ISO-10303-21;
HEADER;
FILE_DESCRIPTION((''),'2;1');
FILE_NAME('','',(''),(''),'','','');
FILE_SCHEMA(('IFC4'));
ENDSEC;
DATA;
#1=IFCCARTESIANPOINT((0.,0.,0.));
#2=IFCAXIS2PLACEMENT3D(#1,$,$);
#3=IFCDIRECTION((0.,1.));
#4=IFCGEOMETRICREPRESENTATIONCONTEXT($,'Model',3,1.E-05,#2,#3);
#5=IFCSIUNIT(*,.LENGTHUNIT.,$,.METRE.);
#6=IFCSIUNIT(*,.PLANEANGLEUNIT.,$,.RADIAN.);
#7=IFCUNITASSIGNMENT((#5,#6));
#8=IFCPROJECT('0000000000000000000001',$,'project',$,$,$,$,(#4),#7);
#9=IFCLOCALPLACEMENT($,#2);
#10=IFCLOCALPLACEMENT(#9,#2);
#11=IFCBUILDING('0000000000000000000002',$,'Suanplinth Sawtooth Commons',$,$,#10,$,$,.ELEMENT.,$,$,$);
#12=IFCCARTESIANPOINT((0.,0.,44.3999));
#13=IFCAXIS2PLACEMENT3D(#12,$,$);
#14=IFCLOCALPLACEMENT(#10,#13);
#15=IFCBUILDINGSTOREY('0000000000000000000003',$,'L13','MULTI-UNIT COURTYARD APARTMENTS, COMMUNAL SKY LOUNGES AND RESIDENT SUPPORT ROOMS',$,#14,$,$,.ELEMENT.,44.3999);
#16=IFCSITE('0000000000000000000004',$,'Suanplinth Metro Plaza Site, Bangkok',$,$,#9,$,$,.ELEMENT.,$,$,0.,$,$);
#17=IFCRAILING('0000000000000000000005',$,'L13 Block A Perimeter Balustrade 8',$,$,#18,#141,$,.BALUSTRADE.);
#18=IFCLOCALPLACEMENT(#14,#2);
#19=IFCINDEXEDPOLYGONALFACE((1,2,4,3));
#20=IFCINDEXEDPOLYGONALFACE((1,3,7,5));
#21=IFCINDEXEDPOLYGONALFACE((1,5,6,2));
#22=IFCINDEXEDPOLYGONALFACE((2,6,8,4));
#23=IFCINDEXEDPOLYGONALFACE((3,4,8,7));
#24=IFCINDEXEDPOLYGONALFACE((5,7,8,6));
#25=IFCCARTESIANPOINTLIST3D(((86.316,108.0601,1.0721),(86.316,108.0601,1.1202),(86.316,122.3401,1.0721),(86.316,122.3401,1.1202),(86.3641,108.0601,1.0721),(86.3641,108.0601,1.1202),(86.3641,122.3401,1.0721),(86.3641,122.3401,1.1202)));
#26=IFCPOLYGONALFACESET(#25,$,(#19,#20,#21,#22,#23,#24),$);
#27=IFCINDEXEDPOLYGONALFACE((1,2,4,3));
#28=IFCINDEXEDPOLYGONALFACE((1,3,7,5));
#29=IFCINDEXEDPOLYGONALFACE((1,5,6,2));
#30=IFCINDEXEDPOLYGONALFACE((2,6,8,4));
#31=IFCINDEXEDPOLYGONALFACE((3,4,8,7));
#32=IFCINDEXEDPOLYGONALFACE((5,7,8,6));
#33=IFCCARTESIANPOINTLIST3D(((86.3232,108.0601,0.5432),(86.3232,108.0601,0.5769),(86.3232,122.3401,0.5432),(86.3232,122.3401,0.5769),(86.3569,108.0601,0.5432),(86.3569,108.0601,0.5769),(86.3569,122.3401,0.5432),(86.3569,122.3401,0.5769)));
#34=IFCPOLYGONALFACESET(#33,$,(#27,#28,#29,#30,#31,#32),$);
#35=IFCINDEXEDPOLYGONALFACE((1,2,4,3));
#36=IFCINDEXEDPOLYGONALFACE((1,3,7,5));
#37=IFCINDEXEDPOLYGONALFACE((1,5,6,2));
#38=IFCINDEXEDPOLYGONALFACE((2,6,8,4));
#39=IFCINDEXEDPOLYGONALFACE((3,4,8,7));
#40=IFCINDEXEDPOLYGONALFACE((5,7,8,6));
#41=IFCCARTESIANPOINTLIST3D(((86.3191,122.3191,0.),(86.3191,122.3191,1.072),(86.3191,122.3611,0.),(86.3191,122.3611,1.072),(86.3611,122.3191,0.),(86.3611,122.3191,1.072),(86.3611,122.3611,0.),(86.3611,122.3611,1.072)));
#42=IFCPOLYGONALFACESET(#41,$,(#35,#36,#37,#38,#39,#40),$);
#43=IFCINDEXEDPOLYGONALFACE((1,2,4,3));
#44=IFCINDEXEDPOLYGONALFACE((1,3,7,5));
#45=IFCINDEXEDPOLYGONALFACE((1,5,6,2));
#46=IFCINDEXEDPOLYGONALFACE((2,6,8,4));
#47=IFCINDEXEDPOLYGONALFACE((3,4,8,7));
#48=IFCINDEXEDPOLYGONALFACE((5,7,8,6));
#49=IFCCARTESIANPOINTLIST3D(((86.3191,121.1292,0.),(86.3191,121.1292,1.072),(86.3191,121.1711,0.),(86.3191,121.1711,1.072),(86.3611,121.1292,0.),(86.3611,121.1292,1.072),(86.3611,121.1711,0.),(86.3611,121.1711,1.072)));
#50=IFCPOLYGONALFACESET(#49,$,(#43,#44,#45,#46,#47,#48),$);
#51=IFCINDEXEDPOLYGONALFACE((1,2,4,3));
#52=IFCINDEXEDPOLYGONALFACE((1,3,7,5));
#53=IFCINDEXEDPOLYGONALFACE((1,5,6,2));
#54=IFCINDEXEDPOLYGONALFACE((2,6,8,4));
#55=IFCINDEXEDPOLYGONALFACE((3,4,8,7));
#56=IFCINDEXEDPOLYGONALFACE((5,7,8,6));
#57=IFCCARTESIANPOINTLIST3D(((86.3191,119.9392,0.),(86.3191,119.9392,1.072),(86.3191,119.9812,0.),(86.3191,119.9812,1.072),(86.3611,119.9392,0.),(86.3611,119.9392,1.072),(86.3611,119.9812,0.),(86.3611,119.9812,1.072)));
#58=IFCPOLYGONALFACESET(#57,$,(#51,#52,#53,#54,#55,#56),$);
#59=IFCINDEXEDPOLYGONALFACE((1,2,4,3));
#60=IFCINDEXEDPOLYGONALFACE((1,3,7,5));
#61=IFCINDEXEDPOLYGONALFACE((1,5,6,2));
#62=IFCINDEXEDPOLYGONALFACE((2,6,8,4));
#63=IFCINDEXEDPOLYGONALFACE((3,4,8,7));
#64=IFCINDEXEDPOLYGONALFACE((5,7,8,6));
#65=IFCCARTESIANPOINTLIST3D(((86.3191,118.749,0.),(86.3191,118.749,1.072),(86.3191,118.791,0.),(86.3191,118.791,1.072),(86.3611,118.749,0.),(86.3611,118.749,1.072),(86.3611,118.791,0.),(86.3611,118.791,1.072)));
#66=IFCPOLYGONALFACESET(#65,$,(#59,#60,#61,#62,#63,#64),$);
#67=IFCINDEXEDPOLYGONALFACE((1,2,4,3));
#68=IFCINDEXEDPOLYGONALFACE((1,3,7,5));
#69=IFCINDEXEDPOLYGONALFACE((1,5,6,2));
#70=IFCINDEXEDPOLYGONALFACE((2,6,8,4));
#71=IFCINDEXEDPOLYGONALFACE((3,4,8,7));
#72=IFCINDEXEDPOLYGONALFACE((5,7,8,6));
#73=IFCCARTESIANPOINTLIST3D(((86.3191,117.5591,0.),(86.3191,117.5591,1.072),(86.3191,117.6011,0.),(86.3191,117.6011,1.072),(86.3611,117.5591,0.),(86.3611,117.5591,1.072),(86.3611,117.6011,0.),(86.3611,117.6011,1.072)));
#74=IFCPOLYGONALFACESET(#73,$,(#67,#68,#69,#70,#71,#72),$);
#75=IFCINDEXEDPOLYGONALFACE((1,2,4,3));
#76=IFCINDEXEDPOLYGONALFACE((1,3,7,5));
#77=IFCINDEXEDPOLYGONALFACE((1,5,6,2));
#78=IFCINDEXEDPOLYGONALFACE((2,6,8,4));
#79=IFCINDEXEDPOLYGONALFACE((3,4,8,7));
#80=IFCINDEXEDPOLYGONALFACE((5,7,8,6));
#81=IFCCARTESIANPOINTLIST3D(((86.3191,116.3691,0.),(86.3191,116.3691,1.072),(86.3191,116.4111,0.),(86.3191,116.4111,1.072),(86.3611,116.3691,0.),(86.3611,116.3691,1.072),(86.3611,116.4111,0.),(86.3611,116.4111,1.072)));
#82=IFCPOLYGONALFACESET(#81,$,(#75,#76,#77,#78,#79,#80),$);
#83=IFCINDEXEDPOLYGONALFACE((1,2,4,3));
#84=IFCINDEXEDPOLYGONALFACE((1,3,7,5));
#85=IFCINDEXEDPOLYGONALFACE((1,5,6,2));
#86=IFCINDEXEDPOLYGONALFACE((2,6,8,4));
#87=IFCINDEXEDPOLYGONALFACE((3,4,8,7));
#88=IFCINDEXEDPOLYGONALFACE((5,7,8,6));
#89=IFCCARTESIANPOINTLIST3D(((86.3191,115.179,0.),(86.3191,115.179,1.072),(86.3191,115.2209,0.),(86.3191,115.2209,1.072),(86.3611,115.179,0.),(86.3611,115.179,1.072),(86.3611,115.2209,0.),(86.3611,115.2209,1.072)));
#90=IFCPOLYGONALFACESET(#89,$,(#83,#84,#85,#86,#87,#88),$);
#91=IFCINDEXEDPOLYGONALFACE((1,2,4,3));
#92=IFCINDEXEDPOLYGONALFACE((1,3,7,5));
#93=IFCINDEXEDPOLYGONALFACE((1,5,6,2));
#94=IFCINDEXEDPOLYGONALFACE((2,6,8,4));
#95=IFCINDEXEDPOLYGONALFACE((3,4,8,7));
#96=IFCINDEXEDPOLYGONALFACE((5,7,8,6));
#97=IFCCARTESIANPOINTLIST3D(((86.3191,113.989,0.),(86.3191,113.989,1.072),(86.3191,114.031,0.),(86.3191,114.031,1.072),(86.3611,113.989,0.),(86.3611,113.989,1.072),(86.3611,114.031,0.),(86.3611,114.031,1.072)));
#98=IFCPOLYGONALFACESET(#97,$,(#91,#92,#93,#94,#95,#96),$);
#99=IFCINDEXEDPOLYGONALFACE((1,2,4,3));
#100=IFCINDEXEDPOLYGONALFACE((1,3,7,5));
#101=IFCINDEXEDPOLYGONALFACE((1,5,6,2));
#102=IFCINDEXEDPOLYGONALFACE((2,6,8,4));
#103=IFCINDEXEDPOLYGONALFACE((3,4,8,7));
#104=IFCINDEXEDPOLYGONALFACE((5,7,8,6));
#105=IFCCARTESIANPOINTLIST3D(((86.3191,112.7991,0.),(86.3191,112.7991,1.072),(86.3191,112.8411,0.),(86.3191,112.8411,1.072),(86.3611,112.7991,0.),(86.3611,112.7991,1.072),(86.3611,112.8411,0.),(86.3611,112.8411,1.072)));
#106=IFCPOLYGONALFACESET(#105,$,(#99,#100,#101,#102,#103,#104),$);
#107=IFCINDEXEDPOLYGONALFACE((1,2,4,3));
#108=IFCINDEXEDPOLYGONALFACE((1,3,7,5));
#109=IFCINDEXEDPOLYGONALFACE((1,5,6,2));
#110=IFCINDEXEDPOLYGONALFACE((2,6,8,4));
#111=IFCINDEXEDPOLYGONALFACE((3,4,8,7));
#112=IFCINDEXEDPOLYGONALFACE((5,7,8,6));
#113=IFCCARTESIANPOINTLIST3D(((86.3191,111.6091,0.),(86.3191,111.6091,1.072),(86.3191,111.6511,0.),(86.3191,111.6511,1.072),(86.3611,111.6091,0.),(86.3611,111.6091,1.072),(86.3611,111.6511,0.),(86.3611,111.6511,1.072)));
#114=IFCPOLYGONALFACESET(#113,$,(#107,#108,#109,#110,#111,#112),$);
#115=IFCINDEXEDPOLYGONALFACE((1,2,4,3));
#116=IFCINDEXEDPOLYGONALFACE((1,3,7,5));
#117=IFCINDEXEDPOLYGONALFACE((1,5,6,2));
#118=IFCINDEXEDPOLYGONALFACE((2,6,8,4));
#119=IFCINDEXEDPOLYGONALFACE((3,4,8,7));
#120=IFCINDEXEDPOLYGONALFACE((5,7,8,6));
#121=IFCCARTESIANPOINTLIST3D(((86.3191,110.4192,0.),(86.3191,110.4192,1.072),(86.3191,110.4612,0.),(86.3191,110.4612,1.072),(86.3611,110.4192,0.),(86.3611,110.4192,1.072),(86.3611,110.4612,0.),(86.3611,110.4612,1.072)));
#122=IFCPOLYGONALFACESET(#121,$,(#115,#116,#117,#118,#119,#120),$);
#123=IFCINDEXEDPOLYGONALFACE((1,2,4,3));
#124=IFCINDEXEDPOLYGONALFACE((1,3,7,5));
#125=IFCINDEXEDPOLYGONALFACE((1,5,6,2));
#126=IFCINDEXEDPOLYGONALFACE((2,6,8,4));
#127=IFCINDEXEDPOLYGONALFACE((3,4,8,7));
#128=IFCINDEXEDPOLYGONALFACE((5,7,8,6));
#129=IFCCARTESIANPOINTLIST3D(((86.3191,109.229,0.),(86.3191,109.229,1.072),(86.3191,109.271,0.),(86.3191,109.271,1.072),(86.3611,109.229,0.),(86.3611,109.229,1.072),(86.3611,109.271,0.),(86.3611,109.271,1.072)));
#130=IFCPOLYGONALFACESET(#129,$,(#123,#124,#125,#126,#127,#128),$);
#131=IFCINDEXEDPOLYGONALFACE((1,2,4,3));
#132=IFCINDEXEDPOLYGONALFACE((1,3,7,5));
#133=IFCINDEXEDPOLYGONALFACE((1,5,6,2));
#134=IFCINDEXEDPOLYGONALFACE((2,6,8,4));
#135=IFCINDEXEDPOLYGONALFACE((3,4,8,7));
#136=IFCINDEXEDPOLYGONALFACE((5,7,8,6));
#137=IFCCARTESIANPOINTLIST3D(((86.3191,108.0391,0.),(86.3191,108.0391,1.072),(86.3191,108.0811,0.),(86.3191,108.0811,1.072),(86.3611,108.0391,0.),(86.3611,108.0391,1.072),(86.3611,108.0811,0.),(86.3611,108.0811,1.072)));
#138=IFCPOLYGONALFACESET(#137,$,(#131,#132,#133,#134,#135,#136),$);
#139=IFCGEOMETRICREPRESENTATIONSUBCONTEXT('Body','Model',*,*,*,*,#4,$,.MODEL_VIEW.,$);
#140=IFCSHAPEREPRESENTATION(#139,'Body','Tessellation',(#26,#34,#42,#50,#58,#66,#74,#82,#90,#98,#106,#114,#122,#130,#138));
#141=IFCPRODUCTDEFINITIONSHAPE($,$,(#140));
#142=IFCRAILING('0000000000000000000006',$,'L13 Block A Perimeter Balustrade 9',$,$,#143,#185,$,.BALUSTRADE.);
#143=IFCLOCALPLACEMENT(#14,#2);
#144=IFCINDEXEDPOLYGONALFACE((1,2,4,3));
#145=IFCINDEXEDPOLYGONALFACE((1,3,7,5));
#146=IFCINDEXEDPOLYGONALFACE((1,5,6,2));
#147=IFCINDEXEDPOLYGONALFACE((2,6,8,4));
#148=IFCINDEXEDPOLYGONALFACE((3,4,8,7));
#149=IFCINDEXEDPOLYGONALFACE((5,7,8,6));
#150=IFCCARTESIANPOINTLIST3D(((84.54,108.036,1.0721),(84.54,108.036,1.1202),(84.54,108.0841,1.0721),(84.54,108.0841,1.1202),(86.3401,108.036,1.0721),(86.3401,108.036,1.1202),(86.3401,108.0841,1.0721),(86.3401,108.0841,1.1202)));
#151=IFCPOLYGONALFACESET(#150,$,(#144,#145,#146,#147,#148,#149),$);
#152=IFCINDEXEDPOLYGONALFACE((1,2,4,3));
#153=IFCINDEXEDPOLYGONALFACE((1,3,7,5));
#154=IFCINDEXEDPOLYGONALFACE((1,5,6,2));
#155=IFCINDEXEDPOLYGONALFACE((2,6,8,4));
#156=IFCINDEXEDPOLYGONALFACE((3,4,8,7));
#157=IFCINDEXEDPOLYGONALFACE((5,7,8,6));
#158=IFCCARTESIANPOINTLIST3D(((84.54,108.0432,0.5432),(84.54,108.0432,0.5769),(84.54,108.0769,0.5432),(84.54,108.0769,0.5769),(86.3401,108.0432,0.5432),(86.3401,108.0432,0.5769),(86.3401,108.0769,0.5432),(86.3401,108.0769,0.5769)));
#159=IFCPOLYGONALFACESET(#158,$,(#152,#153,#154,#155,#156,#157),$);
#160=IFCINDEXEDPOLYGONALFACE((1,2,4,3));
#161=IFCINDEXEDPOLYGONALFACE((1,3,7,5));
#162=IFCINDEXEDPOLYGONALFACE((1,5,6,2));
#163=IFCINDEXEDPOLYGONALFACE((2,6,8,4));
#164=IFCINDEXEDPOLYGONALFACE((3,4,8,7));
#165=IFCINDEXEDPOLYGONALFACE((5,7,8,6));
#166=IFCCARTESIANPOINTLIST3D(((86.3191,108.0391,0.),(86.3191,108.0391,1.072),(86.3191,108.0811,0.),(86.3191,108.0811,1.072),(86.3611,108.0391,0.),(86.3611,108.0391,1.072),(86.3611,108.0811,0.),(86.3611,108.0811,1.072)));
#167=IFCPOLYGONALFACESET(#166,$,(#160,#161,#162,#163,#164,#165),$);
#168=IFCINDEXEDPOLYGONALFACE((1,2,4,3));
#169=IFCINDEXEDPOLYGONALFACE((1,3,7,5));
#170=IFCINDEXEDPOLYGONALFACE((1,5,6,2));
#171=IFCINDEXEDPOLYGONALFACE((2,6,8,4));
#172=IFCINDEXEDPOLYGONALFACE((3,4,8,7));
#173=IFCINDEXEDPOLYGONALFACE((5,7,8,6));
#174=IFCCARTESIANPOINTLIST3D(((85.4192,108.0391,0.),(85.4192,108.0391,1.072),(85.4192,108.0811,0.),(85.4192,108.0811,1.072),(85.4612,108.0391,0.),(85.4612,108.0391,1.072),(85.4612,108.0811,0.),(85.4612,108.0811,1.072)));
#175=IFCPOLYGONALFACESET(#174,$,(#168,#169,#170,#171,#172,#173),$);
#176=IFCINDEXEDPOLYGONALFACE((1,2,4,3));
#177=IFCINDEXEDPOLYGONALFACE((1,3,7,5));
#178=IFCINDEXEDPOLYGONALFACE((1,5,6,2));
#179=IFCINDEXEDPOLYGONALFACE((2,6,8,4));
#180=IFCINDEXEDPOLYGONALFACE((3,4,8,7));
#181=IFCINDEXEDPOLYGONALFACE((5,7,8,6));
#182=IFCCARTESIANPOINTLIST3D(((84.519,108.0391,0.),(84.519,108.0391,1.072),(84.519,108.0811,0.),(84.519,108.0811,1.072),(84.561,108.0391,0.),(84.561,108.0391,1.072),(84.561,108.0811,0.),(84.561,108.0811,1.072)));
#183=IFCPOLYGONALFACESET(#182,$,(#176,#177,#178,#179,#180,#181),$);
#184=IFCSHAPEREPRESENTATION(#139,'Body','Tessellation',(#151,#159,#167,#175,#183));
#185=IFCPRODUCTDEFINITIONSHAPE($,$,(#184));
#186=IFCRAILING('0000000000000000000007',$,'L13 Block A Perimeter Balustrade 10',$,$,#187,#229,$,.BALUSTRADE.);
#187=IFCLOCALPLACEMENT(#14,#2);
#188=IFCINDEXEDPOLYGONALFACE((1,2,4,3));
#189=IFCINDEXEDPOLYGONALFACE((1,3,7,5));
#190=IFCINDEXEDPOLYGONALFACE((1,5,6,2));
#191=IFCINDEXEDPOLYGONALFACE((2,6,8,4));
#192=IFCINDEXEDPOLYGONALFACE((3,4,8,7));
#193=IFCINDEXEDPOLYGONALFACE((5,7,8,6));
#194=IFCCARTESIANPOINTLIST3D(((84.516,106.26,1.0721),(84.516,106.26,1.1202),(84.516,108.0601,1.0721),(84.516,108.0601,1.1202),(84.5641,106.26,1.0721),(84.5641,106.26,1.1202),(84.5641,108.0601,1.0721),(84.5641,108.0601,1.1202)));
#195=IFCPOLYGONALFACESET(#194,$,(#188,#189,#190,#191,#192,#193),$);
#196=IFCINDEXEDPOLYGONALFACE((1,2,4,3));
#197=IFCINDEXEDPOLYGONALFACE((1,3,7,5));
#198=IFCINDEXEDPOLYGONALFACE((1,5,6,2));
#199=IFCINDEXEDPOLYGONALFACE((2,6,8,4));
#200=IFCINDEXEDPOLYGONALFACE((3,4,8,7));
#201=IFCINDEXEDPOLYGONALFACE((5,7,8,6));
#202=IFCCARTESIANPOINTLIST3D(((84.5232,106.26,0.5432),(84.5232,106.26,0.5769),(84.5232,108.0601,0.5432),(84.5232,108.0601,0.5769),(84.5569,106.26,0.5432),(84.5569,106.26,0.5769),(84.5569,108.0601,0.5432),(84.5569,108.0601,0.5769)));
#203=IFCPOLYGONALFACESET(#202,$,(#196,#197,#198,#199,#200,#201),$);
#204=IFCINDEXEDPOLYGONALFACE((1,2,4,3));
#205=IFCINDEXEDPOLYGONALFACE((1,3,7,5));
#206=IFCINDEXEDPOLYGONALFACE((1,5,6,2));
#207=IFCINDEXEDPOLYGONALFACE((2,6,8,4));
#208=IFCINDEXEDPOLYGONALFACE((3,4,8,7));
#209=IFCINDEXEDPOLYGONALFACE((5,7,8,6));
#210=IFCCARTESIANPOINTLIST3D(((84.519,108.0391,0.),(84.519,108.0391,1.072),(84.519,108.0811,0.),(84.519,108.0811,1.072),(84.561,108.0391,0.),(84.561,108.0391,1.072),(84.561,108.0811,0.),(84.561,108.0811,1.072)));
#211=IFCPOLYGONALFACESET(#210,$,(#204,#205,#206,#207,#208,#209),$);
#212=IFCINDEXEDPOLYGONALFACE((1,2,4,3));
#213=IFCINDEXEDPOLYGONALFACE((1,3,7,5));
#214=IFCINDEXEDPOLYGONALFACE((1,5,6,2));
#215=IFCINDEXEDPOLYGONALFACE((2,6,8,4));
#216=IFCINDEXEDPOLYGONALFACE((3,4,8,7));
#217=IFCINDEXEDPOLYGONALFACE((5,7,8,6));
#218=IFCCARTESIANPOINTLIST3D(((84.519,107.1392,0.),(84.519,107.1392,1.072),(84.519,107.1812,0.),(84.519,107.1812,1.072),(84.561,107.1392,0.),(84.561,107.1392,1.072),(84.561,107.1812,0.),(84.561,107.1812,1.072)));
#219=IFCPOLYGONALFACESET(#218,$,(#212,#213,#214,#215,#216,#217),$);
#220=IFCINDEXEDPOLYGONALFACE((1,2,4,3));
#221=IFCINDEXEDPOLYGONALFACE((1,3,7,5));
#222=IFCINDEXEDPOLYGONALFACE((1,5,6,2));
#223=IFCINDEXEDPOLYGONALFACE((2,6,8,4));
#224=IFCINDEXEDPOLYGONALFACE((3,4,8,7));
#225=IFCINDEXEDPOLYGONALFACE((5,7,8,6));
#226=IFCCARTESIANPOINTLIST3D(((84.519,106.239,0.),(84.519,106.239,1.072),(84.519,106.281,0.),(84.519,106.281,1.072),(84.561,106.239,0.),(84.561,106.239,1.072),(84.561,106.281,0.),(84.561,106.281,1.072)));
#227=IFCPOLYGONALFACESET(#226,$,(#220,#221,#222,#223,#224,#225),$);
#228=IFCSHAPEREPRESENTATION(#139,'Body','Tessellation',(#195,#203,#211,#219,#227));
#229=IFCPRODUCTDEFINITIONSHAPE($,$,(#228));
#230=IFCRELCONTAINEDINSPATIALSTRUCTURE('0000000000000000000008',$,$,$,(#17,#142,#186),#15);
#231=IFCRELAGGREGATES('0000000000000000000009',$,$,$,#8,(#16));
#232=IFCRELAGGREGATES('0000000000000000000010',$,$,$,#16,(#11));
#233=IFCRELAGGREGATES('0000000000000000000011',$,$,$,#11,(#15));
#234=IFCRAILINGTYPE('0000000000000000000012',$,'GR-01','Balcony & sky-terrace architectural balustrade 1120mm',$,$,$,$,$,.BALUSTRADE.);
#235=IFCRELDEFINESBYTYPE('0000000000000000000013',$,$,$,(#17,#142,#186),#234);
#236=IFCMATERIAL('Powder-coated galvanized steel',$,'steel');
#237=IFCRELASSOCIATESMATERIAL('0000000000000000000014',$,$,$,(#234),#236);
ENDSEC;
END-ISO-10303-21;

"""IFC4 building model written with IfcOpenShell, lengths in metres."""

from ifc_helpers import new_model, si_unit, direction, frame, origin, origin_2d, place, context, subcontext, project, spatial, rectangle, extrude, material, type_object, element, save


model = new_model("IFC4")

# Units and contexts
model_context = context("Model", 3, precision=1e-05, world=origin(), true_north=direction((0.0, 1.0)))
body_context = subcontext(model_context, "Body", "Model", "MODEL_VIEW")
ifc_project = project(units=[si_unit("LENGTHUNIT", "METRE"), si_unit("PLANEANGLEUNIT", "RADIAN")], contexts=[model_context])

# Site, building, storey
site_placement = place(None, origin())
site = spatial("IfcSite", under=ifc_project, at=site_placement, Name="Suanplinth Metro Plaza Site, Bangkok", CompositionType="ELEMENT", RefElevation=0.0)
building_placement = place(site_placement, origin())
building = spatial("IfcBuilding", under=site, at=building_placement, Name="Suanplinth Sawtooth Commons", CompositionType="ELEMENT")
storey_placement = place(building_placement, frame((0.0, 0.0, 44.3999)))
storey = spatial("IfcBuildingStorey", under=building, at=storey_placement, Name="L13", Description="MULTI-UNIT COURTYARD APARTMENTS, COMMUNAL SKY LOUNGES AND RESIDENT SUPPORT ROOMS", CompositionType="ELEMENT", Elevation=44.3999)

# Railings
ifc_material_1 = material(Name="Powder-coated galvanized steel", Category="steel")
railing_type = type_object("IfcRailingType", Name="GR-01", Description="Balcony & sky-terrace architectural balustrade 1120mm", PredefinedType="BALUSTRADE", material=ifc_material_1)
railing_1_placement = place(storey_placement, frame((86.3401, 122.3401, 0.0)))
element("IfcRailing", 1, at=railing_1_placement, inside=storey, type_object=railing_type, Name="L13 Block A Perimeter Balustrade 8", PredefinedType="BALUSTRADE", context=body_context, shape_type="SweptSolid", body=[
    extrude(rectangle(XDim=0.0481, YDim=0.0481, at=origin_2d()), frame((0.0, 0.0, 1.0962), z_axis=(0.0, -1.0, 0.0), x_axis=(1.0, 0.0, 0.0)), (0.0, 0.0, 1.0), 14.28),
    extrude(rectangle(XDim=0.0337, YDim=0.0337, at=origin_2d()), frame((0.0, 0.0, 0.5601), z_axis=(0.0, -1.0, 0.0), x_axis=(1.0, 0.0, 0.0)), (0.0, 0.0, 1.0), 14.28),
    extrude(rectangle(XDim=0.042, YDim=0.042, at=origin_2d()), origin(), (0.0, 0.0, 1.0), 1.072),
    extrude(rectangle(XDim=0.042, YDim=0.042, at=origin_2d()), frame((0.0, -1.1899, 0.0)), (0.0, 0.0, 1.0), 1.072),
    extrude(rectangle(XDim=0.042, YDim=0.042, at=origin_2d()), frame((0.0, -2.3799, 0.0)), (0.0, 0.0, 1.0), 1.072),
    extrude(rectangle(XDim=0.042, YDim=0.042, at=origin_2d()), frame((0.0, -3.5701, 0.0)), (0.0, 0.0, 1.0), 1.072),
    extrude(rectangle(XDim=0.042, YDim=0.042, at=origin_2d()), frame((0.0, -4.76, 0.0)), (0.0, 0.0, 1.0), 1.072),
    extrude(rectangle(XDim=0.042, YDim=0.042, at=origin_2d()), frame((0.0, -5.95, 0.0)), (0.0, 0.0, 1.0), 1.072),
    extrude(rectangle(XDim=0.042, YDim=0.042, at=origin_2d()), frame((0.0, -7.1401, 0.0)), (0.0, 0.0, 1.0), 1.072),
    extrude(rectangle(XDim=0.042, YDim=0.042, at=origin_2d()), frame((0.0, -8.3301, 0.0)), (0.0, 0.0, 1.0), 1.072),
    extrude(rectangle(XDim=0.042, YDim=0.042, at=origin_2d()), frame((0.0, -9.52, 0.0)), (0.0, 0.0, 1.0), 1.072),
    extrude(rectangle(XDim=0.042, YDim=0.042, at=origin_2d()), frame((0.0, -10.71, 0.0)), (0.0, 0.0, 1.0), 1.072),
    extrude(rectangle(XDim=0.042, YDim=0.042, at=origin_2d()), frame((0.0, -11.8999, 0.0)), (0.0, 0.0, 1.0), 1.072),
    extrude(rectangle(XDim=0.042, YDim=0.042, at=origin_2d()), frame((0.0, -13.0901, 0.0)), (0.0, 0.0, 1.0), 1.072),
    extrude(rectangle(XDim=0.042, YDim=0.042, at=origin_2d()), frame((0.0, -14.28, 0.0)), (0.0, 0.0, 1.0), 1.072),
])
railing_2_placement = place(storey_placement, frame((86.3401, 108.0601, 0.0)))
element("IfcRailing", 2, at=railing_2_placement, inside=storey, type_object=railing_type, Name="L13 Block A Perimeter Balustrade 9", PredefinedType="BALUSTRADE", context=body_context, shape_type="SweptSolid", body=[
    extrude(rectangle(XDim=0.0481, YDim=0.0481, at=origin_2d()), frame((0.0, 0.0, 1.0962), z_axis=(-1.0, 0.0, 0.0), x_axis=(0.0, -1.0, 0.0)), (0.0, 0.0, 1.0), 1.8),
    extrude(rectangle(XDim=0.0337, YDim=0.0337, at=origin_2d()), frame((0.0, 0.0, 0.5601), z_axis=(-1.0, 0.0, 0.0), x_axis=(0.0, -1.0, 0.0)), (0.0, 0.0, 1.0), 1.8),
    extrude(rectangle(XDim=0.042, YDim=0.042, at=origin_2d()), origin(), (0.0, 0.0, 1.0), 1.072),
    extrude(rectangle(XDim=0.042, YDim=0.042, at=origin_2d()), frame((-0.8999, 0.0, 0.0)), (0.0, 0.0, 1.0), 1.072),
    extrude(rectangle(XDim=0.042, YDim=0.042, at=origin_2d()), frame((-1.8, 0.0, 0.0)), (0.0, 0.0, 1.0), 1.072),
])
railing_3_placement = place(storey_placement, frame((84.54, 108.0601, 0.0)))
element("IfcRailing", 3, at=railing_3_placement, inside=storey, type_object=railing_type, Name="L13 Block A Perimeter Balustrade 10", PredefinedType="BALUSTRADE", context=body_context, shape_type="SweptSolid", body=[
    extrude(rectangle(XDim=0.0481, YDim=0.0481, at=origin_2d()), frame((0.0, 0.0, 1.0962), z_axis=(0.0, -1.0, 0.0), x_axis=(1.0, 0.0, 0.0)), (0.0, 0.0, 1.0), 1.8),
    extrude(rectangle(XDim=0.0337, YDim=0.0337, at=origin_2d()), frame((0.0, 0.0, 0.5601), z_axis=(0.0, -1.0, 0.0), x_axis=(1.0, 0.0, 0.0)), (0.0, 0.0, 1.0), 1.8),
    extrude(rectangle(XDim=0.042, YDim=0.042, at=origin_2d()), origin(), (0.0, 0.0, 1.0), 1.072),
    extrude(rectangle(XDim=0.042, YDim=0.042, at=origin_2d()), frame((0.0, -0.8999, 0.0)), (0.0, 0.0, 1.0), 1.072),
    extrude(rectangle(XDim=0.042, YDim=0.042, at=origin_2d()), frame((0.0, -1.8, 0.0)), (0.0, 0.0, 1.0), 1.072),
])

save(model, "model.ifc")
